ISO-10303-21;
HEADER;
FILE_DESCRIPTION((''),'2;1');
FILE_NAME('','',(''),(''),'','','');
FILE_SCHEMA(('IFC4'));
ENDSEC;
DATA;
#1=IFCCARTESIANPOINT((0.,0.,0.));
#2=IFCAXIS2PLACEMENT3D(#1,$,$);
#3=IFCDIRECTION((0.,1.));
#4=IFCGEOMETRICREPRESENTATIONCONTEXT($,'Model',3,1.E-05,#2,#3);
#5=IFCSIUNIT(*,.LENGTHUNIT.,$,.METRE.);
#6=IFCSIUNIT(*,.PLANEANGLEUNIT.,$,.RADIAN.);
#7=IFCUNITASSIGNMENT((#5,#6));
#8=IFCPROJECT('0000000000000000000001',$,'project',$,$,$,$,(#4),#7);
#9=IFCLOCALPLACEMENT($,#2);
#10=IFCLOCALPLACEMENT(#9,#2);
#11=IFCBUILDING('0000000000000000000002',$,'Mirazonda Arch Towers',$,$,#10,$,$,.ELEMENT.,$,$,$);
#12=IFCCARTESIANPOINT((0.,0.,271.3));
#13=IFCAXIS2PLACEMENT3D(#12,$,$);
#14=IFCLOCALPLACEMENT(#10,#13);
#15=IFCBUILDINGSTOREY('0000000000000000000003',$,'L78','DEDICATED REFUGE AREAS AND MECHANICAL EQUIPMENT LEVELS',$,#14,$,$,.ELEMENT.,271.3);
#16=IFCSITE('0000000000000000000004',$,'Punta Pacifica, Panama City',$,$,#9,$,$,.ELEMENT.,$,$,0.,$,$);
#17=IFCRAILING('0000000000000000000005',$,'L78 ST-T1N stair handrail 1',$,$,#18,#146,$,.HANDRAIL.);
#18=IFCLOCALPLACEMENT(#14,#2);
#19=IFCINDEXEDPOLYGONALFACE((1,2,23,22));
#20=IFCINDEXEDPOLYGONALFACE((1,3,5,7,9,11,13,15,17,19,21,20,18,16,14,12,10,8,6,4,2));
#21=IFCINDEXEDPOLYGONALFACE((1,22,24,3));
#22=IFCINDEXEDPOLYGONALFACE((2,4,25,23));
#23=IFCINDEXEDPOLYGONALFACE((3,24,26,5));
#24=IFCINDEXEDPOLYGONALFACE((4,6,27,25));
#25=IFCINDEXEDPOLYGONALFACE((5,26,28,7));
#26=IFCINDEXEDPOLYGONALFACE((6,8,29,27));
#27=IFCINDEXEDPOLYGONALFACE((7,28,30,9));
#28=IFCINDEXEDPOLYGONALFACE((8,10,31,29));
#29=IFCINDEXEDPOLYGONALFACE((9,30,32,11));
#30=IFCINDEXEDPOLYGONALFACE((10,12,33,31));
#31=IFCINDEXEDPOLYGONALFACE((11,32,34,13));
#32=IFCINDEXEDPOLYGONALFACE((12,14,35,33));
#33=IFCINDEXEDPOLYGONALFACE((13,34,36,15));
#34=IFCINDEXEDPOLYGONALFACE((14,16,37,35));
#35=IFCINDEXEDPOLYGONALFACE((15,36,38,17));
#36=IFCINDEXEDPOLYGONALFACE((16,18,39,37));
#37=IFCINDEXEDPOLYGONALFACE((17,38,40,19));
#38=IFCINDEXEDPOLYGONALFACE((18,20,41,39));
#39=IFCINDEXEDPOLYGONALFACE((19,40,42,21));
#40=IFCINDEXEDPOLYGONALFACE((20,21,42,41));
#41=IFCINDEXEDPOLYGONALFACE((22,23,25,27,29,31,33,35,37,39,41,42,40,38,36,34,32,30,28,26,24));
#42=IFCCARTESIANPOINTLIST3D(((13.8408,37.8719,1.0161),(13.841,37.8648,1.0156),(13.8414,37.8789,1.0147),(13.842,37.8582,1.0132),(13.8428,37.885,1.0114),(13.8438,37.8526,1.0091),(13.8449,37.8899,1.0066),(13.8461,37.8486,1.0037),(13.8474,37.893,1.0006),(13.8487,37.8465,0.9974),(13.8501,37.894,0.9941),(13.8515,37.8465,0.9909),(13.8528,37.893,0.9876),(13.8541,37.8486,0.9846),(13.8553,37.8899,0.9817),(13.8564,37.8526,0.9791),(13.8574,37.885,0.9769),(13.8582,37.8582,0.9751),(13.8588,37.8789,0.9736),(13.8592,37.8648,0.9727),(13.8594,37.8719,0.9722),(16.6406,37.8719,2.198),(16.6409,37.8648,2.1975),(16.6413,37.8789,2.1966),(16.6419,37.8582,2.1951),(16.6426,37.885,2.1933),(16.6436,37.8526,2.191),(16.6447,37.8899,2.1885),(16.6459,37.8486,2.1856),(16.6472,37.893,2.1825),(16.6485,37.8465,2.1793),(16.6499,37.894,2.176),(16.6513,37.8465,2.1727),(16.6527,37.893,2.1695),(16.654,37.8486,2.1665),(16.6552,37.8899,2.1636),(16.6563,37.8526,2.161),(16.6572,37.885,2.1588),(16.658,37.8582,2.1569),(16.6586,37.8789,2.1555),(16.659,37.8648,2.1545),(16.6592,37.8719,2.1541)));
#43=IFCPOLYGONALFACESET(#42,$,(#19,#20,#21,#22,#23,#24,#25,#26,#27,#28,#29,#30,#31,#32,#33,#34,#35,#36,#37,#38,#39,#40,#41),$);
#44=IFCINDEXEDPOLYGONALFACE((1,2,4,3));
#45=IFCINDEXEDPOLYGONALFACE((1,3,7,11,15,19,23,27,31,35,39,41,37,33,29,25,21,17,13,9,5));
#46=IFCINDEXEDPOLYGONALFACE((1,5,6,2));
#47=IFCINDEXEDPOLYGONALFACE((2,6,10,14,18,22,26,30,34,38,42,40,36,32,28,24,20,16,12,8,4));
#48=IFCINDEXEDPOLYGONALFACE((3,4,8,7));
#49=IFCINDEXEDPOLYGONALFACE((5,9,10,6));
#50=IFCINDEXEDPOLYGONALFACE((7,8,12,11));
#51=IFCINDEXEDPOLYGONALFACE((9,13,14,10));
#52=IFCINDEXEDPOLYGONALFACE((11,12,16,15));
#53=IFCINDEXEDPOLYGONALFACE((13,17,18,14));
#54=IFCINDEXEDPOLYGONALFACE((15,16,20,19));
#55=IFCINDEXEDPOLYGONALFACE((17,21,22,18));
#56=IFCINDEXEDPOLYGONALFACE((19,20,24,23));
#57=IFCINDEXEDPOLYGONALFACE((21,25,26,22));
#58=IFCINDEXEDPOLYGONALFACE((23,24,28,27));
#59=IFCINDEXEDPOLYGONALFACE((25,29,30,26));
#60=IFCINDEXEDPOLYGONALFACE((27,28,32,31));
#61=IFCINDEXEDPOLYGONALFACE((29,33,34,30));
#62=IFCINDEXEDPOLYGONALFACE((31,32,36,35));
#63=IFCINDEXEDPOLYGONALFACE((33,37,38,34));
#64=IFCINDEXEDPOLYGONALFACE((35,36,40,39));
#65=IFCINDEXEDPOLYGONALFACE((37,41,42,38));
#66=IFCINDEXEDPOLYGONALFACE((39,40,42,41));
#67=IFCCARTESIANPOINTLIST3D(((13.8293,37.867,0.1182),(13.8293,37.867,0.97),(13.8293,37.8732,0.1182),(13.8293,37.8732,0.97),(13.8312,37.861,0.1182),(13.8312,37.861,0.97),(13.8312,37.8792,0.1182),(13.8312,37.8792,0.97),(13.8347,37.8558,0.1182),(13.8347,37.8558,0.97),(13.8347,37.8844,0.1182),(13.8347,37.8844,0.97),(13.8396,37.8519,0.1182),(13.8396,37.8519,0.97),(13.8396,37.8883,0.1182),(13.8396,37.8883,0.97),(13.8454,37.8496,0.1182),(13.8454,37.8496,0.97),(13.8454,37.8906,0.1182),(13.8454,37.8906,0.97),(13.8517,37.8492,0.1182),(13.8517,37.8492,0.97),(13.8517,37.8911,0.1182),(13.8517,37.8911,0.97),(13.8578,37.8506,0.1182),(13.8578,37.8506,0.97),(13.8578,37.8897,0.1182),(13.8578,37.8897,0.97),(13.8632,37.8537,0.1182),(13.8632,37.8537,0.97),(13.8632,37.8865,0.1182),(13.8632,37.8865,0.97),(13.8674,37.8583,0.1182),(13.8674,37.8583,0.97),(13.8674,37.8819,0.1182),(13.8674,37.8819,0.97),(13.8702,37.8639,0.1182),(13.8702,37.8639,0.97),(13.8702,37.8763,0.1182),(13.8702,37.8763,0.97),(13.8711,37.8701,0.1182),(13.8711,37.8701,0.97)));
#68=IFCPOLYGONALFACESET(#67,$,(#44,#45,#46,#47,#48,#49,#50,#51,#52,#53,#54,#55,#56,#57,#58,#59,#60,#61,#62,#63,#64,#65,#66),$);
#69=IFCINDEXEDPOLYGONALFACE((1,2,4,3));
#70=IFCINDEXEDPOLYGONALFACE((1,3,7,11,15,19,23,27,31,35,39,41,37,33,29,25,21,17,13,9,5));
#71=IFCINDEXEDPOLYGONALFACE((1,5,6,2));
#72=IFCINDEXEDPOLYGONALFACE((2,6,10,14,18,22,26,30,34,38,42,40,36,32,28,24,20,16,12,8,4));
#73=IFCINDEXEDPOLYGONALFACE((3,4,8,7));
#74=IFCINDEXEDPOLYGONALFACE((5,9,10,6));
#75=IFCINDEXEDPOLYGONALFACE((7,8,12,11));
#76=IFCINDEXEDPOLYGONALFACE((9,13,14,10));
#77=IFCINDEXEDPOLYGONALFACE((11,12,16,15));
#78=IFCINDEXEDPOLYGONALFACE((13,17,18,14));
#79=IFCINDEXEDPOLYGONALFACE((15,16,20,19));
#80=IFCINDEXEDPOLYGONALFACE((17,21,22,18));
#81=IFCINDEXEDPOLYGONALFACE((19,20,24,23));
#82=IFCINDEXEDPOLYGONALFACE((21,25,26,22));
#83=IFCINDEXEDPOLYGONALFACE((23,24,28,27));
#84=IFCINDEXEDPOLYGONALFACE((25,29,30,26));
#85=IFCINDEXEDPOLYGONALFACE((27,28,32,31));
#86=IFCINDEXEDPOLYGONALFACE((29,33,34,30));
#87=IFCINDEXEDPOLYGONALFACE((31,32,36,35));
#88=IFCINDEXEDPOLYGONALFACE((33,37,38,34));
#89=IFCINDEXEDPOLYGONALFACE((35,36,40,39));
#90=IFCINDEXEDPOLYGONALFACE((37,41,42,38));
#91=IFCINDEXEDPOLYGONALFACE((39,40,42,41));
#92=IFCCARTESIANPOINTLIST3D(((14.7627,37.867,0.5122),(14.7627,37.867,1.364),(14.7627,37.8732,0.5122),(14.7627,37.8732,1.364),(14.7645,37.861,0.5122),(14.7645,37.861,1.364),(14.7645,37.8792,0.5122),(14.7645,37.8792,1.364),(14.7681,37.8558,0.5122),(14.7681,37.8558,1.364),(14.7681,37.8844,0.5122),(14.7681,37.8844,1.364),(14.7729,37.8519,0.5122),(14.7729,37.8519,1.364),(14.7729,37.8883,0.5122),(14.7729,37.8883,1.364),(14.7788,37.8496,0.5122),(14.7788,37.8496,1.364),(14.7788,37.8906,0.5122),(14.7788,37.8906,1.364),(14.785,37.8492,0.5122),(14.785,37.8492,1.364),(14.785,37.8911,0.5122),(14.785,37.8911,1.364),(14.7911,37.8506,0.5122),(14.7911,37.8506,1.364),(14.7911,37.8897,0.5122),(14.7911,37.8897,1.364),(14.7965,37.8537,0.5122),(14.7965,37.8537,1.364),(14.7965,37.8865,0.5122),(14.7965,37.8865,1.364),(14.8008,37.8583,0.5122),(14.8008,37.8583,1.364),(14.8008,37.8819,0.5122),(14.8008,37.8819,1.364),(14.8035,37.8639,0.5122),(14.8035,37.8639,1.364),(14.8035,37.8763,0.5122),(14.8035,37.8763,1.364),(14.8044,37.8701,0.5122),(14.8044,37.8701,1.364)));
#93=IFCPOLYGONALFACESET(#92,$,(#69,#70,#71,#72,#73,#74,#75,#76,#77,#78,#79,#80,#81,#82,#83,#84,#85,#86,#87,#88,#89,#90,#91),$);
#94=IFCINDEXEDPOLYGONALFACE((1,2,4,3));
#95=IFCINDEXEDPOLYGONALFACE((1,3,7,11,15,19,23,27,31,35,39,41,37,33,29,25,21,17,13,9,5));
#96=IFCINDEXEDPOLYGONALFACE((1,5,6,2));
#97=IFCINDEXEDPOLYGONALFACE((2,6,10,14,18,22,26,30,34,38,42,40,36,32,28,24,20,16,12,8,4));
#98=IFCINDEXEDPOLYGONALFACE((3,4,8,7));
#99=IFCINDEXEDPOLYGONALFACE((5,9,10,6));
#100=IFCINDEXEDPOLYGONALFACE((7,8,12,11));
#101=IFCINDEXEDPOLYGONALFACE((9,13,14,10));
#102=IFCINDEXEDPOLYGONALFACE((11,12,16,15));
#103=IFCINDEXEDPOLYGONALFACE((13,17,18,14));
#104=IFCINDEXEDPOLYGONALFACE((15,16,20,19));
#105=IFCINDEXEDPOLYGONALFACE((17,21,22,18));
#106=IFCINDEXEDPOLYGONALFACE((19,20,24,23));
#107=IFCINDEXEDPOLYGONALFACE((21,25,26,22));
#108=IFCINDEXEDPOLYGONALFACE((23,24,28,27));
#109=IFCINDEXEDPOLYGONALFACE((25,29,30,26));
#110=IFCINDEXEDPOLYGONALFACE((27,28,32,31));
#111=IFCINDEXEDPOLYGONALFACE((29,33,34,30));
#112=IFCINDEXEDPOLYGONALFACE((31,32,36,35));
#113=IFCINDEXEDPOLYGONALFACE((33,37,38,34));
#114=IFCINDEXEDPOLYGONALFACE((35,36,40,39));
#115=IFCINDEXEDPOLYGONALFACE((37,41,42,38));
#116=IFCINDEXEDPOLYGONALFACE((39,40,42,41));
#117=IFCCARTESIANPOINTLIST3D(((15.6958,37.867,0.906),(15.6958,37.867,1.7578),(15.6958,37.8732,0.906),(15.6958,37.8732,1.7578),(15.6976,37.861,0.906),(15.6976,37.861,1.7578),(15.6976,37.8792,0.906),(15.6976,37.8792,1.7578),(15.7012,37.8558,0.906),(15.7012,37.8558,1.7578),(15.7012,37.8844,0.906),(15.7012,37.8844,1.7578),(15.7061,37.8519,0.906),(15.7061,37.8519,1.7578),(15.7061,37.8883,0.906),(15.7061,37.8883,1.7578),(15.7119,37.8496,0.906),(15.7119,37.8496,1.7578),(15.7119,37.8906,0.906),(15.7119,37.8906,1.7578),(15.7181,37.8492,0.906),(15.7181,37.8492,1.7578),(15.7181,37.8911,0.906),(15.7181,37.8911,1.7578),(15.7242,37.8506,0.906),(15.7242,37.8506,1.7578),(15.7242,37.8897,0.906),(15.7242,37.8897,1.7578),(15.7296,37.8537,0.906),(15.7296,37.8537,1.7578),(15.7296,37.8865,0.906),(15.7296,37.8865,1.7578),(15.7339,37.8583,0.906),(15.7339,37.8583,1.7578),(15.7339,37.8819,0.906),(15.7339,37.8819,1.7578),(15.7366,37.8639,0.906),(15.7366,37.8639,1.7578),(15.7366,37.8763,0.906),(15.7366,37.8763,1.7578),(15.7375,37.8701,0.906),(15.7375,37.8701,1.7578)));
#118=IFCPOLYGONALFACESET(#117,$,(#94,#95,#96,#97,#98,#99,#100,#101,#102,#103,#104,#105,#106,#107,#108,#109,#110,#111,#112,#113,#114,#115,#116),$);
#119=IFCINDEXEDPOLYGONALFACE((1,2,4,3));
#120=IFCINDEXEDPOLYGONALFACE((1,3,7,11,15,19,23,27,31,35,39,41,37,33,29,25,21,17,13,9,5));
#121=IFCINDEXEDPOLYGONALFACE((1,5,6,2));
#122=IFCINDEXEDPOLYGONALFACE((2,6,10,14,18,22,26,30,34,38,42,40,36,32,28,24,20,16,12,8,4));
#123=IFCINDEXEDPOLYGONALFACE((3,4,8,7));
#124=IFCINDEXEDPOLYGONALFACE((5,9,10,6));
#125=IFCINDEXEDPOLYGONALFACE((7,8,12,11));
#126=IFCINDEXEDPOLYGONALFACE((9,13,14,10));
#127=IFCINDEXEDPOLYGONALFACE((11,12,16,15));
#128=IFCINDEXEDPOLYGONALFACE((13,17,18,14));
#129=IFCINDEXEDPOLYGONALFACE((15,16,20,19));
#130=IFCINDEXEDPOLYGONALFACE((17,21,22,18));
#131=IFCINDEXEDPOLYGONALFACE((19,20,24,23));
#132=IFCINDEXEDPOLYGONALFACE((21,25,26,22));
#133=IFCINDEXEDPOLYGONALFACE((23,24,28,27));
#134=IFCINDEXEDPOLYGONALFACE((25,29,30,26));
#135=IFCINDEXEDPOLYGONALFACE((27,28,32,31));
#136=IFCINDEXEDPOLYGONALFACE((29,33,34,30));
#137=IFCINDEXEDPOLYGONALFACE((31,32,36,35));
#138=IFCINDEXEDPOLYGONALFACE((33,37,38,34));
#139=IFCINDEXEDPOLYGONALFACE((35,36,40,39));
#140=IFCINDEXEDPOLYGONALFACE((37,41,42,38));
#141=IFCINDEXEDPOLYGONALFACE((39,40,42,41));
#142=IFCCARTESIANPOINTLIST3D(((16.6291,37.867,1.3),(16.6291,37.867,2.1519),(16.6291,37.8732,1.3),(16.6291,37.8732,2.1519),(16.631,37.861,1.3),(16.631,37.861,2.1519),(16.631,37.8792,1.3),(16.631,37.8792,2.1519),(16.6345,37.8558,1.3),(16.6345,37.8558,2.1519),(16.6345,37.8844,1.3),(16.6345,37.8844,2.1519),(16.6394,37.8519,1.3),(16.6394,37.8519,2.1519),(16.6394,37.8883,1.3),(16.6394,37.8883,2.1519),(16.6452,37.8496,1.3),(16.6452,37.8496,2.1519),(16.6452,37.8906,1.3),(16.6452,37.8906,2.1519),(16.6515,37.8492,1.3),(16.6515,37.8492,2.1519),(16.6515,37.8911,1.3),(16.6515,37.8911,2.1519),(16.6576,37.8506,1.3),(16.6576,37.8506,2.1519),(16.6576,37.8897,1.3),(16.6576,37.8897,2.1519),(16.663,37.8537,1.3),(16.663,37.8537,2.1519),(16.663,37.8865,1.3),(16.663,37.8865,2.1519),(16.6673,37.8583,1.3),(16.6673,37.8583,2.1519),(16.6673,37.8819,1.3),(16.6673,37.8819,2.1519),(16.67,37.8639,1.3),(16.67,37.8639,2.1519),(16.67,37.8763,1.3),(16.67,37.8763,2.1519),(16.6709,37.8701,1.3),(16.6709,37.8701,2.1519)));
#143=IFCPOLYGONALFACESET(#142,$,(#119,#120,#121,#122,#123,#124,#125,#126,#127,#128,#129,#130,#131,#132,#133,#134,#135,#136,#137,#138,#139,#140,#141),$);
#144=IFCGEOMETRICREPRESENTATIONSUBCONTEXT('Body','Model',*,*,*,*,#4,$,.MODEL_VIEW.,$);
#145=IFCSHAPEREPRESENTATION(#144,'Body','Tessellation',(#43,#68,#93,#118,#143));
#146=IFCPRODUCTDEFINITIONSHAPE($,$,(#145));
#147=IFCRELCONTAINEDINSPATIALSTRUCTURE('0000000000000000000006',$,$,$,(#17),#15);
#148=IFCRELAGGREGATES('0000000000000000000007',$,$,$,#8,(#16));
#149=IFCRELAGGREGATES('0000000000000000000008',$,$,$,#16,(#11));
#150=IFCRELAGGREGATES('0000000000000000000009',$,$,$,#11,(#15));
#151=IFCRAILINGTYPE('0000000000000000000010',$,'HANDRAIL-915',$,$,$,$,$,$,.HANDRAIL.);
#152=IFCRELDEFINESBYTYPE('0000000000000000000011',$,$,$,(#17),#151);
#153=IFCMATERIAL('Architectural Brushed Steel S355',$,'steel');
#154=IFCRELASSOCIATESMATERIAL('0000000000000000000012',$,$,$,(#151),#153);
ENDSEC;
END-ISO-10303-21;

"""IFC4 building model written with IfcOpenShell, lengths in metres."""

from ifc_helpers import new_model, si_unit, direction, frame, origin, origin_2d, place, context, subcontext, project, spatial, circle, extrude, material, type_object, element, save


model = new_model("IFC4")

# Units and contexts
model_context = context("Model", 3, precision=1e-05, world=origin(), true_north=direction((0.0, 1.0)))
body_context = subcontext(model_context, "Body", "Model", "MODEL_VIEW")
ifc_project = project(units=[si_unit("LENGTHUNIT", "METRE"), si_unit("PLANEANGLEUNIT", "RADIAN")], contexts=[model_context])

# Site, building, storey
site_placement = place(None, origin())
site = spatial("IfcSite", under=ifc_project, at=site_placement, Name="Punta Pacifica, Panama City", CompositionType="ELEMENT", RefElevation=0.0)
building_placement = place(site_placement, origin())
building = spatial("IfcBuilding", under=site, at=building_placement, Name="Mirazonda Arch Towers", CompositionType="ELEMENT")
storey_placement = place(building_placement, frame((0.0, 0.0, 271.3)))
storey = spatial("IfcBuildingStorey", under=building, at=storey_placement, Name="L78", Description="DEDICATED REFUGE AREAS AND MECHANICAL EQUIPMENT LEVELS", CompositionType="ELEMENT", Elevation=271.3)

# Shared definitions
ifc_material_1 = material(Name="Architectural Brushed Steel S355", Category="steel")

# Railing
railing_type_1 = type_object("IfcRailingType", Name="HANDRAIL-915", PredefinedType="HANDRAIL", material=ifc_material_1)
railing_1_placement = place(storey_placement, frame((13.8501, 37.8701, 0.1182)))
element("IfcRailing", 1, at=railing_1_placement, inside=storey, type_object=railing_type_1, Name="L78 ST-T1N stair handrail 1", PredefinedType="HANDRAIL", context=body_context, shape_type="SweptSolid", body=[
    extrude(circle(Radius=0.0239, at=origin_2d()), frame((0.0, 0.0, 0.876), z_axis=(0.92128, 0.0, 0.388901), x_axis=(0.0, 1.0, 0.0)), (0.0, 0.0, 1.0), 3.0391),
    extrude(circle(Radius=0.021, at=origin_2d()), origin(), (0.0, 0.0, 1.0), 0.8518),
    extrude(circle(Radius=0.021, at=origin_2d()), frame((0.9333, 0.0, 0.394)), (0.0, 0.0, 1.0), 0.8518),
    extrude(circle(Radius=0.021, at=origin_2d()), frame((1.8665, 0.0, 0.7878)), (0.0, 0.0, 1.0), 0.8518),
    extrude(circle(Radius=0.021, at=origin_2d()), frame((2.7998, 0.0, 1.1819)), (0.0, 0.0, 1.0), 0.8518),
])

save(model, "model.ifc")
